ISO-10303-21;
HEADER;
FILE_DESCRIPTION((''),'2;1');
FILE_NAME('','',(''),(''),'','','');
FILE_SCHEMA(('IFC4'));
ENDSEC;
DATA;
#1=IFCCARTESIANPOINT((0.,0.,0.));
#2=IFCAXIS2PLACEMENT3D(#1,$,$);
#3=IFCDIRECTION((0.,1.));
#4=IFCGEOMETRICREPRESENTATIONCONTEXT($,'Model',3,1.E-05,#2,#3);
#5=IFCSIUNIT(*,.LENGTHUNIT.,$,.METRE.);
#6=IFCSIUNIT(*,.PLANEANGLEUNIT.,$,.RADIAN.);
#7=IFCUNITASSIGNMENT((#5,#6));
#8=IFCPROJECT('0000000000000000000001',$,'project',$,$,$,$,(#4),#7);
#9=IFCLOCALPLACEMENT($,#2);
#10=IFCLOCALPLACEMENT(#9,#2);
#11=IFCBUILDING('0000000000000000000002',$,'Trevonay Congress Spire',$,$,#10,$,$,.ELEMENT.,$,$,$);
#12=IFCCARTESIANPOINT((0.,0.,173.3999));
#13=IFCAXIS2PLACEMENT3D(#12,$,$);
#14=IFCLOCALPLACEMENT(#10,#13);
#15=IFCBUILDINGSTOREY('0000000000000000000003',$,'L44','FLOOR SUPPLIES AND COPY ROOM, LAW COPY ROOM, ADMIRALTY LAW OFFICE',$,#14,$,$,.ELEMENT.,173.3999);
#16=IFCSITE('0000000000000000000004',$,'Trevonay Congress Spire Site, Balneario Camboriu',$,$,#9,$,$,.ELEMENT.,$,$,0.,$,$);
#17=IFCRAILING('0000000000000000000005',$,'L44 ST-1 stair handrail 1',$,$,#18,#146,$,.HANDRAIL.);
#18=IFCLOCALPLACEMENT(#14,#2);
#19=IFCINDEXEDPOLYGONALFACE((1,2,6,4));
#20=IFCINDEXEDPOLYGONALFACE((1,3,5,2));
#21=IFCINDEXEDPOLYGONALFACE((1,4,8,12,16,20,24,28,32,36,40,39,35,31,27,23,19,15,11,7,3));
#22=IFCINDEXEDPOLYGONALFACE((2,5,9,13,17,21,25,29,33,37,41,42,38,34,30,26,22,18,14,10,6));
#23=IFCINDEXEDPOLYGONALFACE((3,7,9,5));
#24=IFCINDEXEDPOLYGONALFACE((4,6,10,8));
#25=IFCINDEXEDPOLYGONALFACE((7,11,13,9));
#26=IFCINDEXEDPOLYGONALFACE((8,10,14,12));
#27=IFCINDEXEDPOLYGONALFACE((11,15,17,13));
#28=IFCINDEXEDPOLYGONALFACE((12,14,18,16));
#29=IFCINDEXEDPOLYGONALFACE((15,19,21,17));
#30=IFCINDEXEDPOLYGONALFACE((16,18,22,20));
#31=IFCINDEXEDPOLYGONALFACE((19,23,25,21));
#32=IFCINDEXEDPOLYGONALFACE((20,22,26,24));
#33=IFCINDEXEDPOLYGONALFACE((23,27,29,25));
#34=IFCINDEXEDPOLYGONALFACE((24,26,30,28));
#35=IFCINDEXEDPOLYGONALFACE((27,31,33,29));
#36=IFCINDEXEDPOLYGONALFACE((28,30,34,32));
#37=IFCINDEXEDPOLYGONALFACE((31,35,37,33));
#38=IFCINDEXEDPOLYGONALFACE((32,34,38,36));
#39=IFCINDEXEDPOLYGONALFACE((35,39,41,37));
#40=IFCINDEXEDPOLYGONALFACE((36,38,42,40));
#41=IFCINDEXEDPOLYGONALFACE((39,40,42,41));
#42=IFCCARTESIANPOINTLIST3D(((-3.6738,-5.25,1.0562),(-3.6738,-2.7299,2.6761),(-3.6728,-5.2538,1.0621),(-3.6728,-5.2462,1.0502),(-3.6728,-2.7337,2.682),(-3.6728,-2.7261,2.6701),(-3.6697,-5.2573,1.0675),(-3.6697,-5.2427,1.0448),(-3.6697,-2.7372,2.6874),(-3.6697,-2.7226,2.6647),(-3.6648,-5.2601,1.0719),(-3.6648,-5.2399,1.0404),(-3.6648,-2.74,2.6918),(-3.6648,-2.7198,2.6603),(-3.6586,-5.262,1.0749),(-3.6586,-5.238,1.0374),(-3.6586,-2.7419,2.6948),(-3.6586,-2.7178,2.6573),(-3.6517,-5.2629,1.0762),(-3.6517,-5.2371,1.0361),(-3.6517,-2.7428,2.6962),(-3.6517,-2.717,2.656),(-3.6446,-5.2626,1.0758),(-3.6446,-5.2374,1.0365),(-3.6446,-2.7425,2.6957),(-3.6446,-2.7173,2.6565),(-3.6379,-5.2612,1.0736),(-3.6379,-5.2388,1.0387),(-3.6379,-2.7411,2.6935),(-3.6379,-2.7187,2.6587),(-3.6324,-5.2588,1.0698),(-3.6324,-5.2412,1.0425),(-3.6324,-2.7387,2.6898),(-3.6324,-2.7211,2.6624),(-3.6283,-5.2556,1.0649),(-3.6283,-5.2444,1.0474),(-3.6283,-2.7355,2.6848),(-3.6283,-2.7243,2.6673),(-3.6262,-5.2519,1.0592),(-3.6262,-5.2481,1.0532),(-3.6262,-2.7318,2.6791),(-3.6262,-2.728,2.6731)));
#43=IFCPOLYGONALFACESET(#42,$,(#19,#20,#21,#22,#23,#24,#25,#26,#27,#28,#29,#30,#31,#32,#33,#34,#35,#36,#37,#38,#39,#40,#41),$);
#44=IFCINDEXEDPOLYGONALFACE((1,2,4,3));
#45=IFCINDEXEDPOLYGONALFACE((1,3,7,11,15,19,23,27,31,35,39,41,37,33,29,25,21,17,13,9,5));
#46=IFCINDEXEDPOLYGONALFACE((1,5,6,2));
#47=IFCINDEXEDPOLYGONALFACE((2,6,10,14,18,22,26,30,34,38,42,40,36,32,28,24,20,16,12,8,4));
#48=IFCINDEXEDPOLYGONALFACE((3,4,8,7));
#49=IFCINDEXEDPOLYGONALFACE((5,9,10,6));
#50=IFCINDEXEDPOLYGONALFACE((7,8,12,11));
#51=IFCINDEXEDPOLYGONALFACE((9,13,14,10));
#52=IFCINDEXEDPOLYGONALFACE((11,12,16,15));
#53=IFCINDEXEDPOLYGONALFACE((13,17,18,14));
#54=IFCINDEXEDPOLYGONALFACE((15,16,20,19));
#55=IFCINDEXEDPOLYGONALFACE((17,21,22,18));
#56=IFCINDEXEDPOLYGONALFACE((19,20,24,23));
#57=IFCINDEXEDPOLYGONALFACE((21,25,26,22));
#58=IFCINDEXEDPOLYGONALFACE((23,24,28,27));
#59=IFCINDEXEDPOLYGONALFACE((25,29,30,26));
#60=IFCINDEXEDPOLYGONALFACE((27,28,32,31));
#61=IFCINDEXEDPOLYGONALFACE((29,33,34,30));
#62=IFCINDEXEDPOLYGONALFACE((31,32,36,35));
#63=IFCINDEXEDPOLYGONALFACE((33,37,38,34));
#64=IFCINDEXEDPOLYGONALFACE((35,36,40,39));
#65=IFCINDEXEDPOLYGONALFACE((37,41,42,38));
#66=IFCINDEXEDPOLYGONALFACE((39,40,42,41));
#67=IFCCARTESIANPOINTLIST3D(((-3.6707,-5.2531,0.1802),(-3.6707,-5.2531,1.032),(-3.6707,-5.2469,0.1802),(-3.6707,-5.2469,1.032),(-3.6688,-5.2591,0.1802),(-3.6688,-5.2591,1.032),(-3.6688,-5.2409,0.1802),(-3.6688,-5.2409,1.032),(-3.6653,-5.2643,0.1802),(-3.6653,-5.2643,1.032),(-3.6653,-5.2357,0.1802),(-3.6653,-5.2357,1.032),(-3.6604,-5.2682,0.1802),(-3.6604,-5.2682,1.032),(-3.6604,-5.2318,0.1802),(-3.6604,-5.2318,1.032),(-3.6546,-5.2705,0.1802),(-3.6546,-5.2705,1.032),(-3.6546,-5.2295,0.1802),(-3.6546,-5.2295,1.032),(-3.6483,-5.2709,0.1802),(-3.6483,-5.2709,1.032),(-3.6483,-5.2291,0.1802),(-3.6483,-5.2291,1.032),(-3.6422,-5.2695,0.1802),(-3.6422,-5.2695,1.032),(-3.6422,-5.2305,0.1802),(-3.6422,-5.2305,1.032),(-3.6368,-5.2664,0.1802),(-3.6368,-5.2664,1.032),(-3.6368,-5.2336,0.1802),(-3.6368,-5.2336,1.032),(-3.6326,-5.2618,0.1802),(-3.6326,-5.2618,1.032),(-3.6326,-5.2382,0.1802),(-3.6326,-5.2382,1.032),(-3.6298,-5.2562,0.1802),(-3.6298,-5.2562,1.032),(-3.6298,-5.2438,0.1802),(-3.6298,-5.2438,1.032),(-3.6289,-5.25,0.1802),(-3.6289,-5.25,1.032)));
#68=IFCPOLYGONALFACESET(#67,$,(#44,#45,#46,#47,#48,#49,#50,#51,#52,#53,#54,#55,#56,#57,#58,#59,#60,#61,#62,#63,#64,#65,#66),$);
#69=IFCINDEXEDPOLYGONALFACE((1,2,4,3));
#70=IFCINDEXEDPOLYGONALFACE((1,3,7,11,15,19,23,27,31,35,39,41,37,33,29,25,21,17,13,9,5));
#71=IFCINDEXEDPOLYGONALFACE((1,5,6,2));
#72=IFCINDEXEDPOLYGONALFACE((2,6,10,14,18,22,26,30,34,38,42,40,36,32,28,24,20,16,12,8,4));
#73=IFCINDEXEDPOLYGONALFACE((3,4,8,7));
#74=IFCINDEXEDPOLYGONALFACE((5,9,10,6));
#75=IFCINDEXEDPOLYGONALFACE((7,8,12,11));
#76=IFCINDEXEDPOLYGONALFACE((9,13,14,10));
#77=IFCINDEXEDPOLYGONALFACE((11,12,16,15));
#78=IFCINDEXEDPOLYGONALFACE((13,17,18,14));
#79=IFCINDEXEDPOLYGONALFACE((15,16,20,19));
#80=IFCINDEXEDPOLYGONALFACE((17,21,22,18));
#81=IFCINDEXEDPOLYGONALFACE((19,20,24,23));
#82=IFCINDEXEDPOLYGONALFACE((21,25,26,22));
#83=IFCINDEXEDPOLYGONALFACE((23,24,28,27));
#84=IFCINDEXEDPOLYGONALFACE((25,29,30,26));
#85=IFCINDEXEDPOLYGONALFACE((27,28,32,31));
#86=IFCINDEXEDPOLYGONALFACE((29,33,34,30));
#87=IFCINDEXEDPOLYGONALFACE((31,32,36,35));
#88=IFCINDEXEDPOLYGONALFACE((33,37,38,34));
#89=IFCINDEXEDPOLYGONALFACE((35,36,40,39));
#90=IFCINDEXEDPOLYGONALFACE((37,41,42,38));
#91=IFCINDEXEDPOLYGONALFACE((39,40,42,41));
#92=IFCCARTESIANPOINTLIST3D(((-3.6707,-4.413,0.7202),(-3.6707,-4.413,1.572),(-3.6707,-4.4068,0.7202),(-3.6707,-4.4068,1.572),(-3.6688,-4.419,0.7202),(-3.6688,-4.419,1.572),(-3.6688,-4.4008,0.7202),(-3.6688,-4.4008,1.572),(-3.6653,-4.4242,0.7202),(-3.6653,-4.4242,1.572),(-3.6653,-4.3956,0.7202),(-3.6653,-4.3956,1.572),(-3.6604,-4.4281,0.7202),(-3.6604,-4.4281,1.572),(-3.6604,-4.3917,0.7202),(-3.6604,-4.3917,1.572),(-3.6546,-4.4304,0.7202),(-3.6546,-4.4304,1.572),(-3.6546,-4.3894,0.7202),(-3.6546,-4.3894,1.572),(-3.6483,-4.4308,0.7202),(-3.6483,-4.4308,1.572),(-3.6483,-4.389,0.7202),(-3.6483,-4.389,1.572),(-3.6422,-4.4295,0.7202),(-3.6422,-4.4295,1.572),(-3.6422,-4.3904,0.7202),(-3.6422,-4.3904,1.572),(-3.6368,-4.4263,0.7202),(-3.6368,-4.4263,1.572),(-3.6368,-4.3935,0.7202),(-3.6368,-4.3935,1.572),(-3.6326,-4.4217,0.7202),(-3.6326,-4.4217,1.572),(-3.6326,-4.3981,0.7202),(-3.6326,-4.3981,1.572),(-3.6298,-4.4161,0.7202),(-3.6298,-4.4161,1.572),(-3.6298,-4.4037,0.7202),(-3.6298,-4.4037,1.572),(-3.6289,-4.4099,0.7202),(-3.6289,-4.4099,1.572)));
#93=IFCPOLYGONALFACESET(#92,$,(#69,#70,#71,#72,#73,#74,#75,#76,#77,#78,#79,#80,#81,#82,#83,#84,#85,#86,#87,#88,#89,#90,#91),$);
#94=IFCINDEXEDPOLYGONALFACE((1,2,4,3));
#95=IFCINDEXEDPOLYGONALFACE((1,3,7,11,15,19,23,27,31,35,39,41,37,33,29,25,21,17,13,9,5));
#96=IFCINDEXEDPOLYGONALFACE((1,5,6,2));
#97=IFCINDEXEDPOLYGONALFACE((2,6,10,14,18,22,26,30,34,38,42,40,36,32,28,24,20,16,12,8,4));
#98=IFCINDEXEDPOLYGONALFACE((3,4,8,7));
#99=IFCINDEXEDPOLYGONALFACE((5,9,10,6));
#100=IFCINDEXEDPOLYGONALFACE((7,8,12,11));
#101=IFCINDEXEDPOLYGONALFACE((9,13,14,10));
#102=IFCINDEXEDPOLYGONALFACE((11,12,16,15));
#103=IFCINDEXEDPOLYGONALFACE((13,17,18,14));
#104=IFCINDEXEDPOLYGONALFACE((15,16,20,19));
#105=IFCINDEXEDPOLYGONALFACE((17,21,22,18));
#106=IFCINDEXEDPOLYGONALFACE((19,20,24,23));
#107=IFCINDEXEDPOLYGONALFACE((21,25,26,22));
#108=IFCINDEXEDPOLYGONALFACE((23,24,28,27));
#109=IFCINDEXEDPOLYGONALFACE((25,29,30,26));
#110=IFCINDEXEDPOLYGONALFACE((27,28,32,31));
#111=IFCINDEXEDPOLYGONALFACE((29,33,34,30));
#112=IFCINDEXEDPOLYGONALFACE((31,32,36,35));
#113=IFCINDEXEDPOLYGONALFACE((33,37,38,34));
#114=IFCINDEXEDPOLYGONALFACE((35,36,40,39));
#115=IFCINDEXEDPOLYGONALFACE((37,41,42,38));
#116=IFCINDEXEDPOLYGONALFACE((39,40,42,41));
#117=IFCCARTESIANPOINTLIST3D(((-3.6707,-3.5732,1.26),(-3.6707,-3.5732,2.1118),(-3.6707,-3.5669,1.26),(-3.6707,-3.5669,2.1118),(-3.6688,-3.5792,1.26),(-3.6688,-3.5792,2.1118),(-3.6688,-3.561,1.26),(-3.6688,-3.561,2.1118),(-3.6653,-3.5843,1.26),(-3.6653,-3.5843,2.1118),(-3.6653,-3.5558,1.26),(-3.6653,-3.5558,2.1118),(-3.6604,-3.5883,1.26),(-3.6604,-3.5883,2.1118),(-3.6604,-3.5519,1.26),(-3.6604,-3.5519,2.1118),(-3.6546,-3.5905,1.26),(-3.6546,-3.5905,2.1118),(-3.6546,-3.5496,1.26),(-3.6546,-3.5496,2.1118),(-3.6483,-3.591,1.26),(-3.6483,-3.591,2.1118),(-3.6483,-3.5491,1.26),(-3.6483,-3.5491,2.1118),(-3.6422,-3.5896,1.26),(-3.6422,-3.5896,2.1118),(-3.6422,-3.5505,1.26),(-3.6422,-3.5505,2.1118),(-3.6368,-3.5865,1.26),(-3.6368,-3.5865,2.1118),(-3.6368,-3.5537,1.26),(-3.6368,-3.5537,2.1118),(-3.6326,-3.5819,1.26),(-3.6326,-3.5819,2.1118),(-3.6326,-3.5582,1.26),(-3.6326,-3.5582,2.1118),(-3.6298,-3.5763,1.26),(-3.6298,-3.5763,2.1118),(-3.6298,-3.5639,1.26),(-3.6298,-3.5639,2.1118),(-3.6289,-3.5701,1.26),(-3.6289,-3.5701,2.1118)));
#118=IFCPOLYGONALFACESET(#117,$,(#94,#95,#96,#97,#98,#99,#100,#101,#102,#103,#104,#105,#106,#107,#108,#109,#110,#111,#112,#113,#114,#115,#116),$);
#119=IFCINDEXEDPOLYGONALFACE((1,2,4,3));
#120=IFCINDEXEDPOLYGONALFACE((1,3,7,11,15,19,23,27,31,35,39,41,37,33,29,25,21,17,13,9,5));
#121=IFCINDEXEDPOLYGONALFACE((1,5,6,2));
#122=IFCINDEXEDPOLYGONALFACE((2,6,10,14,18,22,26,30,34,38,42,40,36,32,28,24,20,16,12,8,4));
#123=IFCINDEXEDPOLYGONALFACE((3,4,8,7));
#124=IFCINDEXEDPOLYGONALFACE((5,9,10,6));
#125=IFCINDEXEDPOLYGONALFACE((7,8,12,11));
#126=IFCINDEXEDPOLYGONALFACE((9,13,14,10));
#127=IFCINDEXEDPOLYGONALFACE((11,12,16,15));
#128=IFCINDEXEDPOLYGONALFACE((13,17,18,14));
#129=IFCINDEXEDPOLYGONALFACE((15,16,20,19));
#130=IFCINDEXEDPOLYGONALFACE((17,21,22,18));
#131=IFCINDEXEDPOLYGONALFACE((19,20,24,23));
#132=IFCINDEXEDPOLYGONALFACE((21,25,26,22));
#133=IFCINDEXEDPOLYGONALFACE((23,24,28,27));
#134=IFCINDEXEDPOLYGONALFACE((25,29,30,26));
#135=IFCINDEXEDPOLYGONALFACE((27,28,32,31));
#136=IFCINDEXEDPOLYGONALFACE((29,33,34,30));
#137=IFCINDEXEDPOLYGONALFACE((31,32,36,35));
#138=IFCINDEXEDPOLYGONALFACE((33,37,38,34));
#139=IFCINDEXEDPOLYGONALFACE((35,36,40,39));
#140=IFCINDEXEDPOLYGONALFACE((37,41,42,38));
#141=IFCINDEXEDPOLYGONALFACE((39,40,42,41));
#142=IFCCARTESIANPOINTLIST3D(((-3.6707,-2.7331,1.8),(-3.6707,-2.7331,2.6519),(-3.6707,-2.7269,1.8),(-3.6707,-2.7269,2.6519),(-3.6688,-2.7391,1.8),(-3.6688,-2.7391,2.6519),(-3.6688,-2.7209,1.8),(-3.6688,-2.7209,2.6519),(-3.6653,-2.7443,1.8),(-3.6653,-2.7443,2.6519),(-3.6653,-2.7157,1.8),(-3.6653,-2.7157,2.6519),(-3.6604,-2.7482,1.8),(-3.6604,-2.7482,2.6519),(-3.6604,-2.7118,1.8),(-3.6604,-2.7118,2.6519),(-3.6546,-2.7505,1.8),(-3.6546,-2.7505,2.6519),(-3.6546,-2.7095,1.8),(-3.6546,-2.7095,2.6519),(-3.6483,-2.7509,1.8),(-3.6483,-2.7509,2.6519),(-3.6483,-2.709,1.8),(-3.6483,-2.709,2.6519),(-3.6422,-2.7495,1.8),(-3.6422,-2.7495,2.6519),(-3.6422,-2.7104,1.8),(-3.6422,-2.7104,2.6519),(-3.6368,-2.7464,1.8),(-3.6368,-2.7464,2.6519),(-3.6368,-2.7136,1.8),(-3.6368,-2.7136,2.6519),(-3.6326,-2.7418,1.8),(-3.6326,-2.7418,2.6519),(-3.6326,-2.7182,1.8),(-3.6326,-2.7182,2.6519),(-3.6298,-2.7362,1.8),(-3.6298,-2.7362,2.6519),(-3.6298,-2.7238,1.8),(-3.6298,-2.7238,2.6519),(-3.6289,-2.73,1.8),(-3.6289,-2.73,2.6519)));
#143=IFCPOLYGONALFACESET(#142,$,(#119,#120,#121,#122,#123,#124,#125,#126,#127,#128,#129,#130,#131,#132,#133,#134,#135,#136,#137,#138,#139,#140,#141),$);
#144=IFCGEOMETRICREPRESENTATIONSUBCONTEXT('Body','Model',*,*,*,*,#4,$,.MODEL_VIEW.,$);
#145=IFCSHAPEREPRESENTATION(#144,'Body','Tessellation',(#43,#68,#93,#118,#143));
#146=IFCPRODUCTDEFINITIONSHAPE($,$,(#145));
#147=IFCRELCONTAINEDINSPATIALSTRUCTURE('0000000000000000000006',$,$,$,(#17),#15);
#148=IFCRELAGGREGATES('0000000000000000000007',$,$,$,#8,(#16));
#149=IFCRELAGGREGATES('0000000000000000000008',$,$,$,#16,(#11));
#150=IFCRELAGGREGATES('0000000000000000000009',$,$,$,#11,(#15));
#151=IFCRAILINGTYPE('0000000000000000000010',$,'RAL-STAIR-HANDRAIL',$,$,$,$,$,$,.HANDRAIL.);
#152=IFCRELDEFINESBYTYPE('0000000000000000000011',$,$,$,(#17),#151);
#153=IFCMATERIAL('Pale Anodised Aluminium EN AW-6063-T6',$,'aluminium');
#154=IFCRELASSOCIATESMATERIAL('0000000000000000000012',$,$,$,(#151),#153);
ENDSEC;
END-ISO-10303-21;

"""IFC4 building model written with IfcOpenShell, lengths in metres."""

from ifc_helpers import new_model, si_unit, direction, frame, origin, origin_2d, place, context, subcontext, project, spatial, circle, extrude, material, type_object, element, save


model = new_model("IFC4")

# Units and contexts
model_context = context("Model", 3, precision=1e-05, world=origin(), true_north=direction((0.0, 1.0)))
body_context = subcontext(model_context, "Body", "Model", "MODEL_VIEW")
ifc_project = project(units=[si_unit("LENGTHUNIT", "METRE"), si_unit("PLANEANGLEUNIT", "RADIAN")], contexts=[model_context])

# Site, building, storey
site_placement = place(None, origin())
site = spatial("IfcSite", under=ifc_project, at=site_placement, Name="Trevonay Congress Spire Site, Balneario Camboriu", CompositionType="ELEMENT", RefElevation=0.0)
building_placement = place(site_placement, origin())
building = spatial("IfcBuilding", under=site, at=building_placement, Name="Trevonay Congress Spire", CompositionType="ELEMENT")
storey_placement = place(building_placement, frame((0.0, 0.0, 173.3999)))
storey = spatial("IfcBuildingStorey", under=building, at=storey_placement, Name="L44", Description="FLOOR SUPPLIES AND COPY ROOM, LAW COPY ROOM, ADMIRALTY LAW OFFICE", CompositionType="ELEMENT", Elevation=173.3999)

# Railing
ifc_material_1 = material(Name="Pale Anodised Aluminium EN AW-6063-T6", Category="aluminium")
railing_type_1 = type_object("IfcRailingType", Name="RAL-STAIR-HANDRAIL", PredefinedType="HANDRAIL", material=ifc_material_1)
railing_1_placement = place(storey_placement, frame((-3.6499, -5.25, 0.1802)))
element("IfcRailing", 1, at=railing_1_placement, inside=storey, type_object=railing_type_1, Name="L44 ST-1 stair handrail 1", PredefinedType="HANDRAIL", context=body_context, shape_type="SweptSolid", body=[
    extrude(circle(Radius=0.0239, at=origin_2d()), frame((0.0, 0.0, 0.876), z_axis=(0.0, 0.8412, 0.540725), x_axis=(-1.0, 0.0, 0.0)), (0.0, 0.0, 1.0), 2.9958),
    extrude(circle(Radius=0.021, at=origin_2d()), origin(), (0.0, 0.0, 1.0), 0.8518),
    extrude(circle(Radius=0.021, at=origin_2d()), frame((0.0, 0.8401, 0.54)), (0.0, 0.0, 1.0), 0.8518),
    extrude(circle(Radius=0.021, at=origin_2d()), frame((0.0, 1.6799, 1.0798)), (0.0, 0.0, 1.0), 0.8518),
    extrude(circle(Radius=0.021, at=origin_2d()), frame((0.0, 2.52, 1.6199)), (0.0, 0.0, 1.0), 0.8518),
])

save(model, "model.ifc")
